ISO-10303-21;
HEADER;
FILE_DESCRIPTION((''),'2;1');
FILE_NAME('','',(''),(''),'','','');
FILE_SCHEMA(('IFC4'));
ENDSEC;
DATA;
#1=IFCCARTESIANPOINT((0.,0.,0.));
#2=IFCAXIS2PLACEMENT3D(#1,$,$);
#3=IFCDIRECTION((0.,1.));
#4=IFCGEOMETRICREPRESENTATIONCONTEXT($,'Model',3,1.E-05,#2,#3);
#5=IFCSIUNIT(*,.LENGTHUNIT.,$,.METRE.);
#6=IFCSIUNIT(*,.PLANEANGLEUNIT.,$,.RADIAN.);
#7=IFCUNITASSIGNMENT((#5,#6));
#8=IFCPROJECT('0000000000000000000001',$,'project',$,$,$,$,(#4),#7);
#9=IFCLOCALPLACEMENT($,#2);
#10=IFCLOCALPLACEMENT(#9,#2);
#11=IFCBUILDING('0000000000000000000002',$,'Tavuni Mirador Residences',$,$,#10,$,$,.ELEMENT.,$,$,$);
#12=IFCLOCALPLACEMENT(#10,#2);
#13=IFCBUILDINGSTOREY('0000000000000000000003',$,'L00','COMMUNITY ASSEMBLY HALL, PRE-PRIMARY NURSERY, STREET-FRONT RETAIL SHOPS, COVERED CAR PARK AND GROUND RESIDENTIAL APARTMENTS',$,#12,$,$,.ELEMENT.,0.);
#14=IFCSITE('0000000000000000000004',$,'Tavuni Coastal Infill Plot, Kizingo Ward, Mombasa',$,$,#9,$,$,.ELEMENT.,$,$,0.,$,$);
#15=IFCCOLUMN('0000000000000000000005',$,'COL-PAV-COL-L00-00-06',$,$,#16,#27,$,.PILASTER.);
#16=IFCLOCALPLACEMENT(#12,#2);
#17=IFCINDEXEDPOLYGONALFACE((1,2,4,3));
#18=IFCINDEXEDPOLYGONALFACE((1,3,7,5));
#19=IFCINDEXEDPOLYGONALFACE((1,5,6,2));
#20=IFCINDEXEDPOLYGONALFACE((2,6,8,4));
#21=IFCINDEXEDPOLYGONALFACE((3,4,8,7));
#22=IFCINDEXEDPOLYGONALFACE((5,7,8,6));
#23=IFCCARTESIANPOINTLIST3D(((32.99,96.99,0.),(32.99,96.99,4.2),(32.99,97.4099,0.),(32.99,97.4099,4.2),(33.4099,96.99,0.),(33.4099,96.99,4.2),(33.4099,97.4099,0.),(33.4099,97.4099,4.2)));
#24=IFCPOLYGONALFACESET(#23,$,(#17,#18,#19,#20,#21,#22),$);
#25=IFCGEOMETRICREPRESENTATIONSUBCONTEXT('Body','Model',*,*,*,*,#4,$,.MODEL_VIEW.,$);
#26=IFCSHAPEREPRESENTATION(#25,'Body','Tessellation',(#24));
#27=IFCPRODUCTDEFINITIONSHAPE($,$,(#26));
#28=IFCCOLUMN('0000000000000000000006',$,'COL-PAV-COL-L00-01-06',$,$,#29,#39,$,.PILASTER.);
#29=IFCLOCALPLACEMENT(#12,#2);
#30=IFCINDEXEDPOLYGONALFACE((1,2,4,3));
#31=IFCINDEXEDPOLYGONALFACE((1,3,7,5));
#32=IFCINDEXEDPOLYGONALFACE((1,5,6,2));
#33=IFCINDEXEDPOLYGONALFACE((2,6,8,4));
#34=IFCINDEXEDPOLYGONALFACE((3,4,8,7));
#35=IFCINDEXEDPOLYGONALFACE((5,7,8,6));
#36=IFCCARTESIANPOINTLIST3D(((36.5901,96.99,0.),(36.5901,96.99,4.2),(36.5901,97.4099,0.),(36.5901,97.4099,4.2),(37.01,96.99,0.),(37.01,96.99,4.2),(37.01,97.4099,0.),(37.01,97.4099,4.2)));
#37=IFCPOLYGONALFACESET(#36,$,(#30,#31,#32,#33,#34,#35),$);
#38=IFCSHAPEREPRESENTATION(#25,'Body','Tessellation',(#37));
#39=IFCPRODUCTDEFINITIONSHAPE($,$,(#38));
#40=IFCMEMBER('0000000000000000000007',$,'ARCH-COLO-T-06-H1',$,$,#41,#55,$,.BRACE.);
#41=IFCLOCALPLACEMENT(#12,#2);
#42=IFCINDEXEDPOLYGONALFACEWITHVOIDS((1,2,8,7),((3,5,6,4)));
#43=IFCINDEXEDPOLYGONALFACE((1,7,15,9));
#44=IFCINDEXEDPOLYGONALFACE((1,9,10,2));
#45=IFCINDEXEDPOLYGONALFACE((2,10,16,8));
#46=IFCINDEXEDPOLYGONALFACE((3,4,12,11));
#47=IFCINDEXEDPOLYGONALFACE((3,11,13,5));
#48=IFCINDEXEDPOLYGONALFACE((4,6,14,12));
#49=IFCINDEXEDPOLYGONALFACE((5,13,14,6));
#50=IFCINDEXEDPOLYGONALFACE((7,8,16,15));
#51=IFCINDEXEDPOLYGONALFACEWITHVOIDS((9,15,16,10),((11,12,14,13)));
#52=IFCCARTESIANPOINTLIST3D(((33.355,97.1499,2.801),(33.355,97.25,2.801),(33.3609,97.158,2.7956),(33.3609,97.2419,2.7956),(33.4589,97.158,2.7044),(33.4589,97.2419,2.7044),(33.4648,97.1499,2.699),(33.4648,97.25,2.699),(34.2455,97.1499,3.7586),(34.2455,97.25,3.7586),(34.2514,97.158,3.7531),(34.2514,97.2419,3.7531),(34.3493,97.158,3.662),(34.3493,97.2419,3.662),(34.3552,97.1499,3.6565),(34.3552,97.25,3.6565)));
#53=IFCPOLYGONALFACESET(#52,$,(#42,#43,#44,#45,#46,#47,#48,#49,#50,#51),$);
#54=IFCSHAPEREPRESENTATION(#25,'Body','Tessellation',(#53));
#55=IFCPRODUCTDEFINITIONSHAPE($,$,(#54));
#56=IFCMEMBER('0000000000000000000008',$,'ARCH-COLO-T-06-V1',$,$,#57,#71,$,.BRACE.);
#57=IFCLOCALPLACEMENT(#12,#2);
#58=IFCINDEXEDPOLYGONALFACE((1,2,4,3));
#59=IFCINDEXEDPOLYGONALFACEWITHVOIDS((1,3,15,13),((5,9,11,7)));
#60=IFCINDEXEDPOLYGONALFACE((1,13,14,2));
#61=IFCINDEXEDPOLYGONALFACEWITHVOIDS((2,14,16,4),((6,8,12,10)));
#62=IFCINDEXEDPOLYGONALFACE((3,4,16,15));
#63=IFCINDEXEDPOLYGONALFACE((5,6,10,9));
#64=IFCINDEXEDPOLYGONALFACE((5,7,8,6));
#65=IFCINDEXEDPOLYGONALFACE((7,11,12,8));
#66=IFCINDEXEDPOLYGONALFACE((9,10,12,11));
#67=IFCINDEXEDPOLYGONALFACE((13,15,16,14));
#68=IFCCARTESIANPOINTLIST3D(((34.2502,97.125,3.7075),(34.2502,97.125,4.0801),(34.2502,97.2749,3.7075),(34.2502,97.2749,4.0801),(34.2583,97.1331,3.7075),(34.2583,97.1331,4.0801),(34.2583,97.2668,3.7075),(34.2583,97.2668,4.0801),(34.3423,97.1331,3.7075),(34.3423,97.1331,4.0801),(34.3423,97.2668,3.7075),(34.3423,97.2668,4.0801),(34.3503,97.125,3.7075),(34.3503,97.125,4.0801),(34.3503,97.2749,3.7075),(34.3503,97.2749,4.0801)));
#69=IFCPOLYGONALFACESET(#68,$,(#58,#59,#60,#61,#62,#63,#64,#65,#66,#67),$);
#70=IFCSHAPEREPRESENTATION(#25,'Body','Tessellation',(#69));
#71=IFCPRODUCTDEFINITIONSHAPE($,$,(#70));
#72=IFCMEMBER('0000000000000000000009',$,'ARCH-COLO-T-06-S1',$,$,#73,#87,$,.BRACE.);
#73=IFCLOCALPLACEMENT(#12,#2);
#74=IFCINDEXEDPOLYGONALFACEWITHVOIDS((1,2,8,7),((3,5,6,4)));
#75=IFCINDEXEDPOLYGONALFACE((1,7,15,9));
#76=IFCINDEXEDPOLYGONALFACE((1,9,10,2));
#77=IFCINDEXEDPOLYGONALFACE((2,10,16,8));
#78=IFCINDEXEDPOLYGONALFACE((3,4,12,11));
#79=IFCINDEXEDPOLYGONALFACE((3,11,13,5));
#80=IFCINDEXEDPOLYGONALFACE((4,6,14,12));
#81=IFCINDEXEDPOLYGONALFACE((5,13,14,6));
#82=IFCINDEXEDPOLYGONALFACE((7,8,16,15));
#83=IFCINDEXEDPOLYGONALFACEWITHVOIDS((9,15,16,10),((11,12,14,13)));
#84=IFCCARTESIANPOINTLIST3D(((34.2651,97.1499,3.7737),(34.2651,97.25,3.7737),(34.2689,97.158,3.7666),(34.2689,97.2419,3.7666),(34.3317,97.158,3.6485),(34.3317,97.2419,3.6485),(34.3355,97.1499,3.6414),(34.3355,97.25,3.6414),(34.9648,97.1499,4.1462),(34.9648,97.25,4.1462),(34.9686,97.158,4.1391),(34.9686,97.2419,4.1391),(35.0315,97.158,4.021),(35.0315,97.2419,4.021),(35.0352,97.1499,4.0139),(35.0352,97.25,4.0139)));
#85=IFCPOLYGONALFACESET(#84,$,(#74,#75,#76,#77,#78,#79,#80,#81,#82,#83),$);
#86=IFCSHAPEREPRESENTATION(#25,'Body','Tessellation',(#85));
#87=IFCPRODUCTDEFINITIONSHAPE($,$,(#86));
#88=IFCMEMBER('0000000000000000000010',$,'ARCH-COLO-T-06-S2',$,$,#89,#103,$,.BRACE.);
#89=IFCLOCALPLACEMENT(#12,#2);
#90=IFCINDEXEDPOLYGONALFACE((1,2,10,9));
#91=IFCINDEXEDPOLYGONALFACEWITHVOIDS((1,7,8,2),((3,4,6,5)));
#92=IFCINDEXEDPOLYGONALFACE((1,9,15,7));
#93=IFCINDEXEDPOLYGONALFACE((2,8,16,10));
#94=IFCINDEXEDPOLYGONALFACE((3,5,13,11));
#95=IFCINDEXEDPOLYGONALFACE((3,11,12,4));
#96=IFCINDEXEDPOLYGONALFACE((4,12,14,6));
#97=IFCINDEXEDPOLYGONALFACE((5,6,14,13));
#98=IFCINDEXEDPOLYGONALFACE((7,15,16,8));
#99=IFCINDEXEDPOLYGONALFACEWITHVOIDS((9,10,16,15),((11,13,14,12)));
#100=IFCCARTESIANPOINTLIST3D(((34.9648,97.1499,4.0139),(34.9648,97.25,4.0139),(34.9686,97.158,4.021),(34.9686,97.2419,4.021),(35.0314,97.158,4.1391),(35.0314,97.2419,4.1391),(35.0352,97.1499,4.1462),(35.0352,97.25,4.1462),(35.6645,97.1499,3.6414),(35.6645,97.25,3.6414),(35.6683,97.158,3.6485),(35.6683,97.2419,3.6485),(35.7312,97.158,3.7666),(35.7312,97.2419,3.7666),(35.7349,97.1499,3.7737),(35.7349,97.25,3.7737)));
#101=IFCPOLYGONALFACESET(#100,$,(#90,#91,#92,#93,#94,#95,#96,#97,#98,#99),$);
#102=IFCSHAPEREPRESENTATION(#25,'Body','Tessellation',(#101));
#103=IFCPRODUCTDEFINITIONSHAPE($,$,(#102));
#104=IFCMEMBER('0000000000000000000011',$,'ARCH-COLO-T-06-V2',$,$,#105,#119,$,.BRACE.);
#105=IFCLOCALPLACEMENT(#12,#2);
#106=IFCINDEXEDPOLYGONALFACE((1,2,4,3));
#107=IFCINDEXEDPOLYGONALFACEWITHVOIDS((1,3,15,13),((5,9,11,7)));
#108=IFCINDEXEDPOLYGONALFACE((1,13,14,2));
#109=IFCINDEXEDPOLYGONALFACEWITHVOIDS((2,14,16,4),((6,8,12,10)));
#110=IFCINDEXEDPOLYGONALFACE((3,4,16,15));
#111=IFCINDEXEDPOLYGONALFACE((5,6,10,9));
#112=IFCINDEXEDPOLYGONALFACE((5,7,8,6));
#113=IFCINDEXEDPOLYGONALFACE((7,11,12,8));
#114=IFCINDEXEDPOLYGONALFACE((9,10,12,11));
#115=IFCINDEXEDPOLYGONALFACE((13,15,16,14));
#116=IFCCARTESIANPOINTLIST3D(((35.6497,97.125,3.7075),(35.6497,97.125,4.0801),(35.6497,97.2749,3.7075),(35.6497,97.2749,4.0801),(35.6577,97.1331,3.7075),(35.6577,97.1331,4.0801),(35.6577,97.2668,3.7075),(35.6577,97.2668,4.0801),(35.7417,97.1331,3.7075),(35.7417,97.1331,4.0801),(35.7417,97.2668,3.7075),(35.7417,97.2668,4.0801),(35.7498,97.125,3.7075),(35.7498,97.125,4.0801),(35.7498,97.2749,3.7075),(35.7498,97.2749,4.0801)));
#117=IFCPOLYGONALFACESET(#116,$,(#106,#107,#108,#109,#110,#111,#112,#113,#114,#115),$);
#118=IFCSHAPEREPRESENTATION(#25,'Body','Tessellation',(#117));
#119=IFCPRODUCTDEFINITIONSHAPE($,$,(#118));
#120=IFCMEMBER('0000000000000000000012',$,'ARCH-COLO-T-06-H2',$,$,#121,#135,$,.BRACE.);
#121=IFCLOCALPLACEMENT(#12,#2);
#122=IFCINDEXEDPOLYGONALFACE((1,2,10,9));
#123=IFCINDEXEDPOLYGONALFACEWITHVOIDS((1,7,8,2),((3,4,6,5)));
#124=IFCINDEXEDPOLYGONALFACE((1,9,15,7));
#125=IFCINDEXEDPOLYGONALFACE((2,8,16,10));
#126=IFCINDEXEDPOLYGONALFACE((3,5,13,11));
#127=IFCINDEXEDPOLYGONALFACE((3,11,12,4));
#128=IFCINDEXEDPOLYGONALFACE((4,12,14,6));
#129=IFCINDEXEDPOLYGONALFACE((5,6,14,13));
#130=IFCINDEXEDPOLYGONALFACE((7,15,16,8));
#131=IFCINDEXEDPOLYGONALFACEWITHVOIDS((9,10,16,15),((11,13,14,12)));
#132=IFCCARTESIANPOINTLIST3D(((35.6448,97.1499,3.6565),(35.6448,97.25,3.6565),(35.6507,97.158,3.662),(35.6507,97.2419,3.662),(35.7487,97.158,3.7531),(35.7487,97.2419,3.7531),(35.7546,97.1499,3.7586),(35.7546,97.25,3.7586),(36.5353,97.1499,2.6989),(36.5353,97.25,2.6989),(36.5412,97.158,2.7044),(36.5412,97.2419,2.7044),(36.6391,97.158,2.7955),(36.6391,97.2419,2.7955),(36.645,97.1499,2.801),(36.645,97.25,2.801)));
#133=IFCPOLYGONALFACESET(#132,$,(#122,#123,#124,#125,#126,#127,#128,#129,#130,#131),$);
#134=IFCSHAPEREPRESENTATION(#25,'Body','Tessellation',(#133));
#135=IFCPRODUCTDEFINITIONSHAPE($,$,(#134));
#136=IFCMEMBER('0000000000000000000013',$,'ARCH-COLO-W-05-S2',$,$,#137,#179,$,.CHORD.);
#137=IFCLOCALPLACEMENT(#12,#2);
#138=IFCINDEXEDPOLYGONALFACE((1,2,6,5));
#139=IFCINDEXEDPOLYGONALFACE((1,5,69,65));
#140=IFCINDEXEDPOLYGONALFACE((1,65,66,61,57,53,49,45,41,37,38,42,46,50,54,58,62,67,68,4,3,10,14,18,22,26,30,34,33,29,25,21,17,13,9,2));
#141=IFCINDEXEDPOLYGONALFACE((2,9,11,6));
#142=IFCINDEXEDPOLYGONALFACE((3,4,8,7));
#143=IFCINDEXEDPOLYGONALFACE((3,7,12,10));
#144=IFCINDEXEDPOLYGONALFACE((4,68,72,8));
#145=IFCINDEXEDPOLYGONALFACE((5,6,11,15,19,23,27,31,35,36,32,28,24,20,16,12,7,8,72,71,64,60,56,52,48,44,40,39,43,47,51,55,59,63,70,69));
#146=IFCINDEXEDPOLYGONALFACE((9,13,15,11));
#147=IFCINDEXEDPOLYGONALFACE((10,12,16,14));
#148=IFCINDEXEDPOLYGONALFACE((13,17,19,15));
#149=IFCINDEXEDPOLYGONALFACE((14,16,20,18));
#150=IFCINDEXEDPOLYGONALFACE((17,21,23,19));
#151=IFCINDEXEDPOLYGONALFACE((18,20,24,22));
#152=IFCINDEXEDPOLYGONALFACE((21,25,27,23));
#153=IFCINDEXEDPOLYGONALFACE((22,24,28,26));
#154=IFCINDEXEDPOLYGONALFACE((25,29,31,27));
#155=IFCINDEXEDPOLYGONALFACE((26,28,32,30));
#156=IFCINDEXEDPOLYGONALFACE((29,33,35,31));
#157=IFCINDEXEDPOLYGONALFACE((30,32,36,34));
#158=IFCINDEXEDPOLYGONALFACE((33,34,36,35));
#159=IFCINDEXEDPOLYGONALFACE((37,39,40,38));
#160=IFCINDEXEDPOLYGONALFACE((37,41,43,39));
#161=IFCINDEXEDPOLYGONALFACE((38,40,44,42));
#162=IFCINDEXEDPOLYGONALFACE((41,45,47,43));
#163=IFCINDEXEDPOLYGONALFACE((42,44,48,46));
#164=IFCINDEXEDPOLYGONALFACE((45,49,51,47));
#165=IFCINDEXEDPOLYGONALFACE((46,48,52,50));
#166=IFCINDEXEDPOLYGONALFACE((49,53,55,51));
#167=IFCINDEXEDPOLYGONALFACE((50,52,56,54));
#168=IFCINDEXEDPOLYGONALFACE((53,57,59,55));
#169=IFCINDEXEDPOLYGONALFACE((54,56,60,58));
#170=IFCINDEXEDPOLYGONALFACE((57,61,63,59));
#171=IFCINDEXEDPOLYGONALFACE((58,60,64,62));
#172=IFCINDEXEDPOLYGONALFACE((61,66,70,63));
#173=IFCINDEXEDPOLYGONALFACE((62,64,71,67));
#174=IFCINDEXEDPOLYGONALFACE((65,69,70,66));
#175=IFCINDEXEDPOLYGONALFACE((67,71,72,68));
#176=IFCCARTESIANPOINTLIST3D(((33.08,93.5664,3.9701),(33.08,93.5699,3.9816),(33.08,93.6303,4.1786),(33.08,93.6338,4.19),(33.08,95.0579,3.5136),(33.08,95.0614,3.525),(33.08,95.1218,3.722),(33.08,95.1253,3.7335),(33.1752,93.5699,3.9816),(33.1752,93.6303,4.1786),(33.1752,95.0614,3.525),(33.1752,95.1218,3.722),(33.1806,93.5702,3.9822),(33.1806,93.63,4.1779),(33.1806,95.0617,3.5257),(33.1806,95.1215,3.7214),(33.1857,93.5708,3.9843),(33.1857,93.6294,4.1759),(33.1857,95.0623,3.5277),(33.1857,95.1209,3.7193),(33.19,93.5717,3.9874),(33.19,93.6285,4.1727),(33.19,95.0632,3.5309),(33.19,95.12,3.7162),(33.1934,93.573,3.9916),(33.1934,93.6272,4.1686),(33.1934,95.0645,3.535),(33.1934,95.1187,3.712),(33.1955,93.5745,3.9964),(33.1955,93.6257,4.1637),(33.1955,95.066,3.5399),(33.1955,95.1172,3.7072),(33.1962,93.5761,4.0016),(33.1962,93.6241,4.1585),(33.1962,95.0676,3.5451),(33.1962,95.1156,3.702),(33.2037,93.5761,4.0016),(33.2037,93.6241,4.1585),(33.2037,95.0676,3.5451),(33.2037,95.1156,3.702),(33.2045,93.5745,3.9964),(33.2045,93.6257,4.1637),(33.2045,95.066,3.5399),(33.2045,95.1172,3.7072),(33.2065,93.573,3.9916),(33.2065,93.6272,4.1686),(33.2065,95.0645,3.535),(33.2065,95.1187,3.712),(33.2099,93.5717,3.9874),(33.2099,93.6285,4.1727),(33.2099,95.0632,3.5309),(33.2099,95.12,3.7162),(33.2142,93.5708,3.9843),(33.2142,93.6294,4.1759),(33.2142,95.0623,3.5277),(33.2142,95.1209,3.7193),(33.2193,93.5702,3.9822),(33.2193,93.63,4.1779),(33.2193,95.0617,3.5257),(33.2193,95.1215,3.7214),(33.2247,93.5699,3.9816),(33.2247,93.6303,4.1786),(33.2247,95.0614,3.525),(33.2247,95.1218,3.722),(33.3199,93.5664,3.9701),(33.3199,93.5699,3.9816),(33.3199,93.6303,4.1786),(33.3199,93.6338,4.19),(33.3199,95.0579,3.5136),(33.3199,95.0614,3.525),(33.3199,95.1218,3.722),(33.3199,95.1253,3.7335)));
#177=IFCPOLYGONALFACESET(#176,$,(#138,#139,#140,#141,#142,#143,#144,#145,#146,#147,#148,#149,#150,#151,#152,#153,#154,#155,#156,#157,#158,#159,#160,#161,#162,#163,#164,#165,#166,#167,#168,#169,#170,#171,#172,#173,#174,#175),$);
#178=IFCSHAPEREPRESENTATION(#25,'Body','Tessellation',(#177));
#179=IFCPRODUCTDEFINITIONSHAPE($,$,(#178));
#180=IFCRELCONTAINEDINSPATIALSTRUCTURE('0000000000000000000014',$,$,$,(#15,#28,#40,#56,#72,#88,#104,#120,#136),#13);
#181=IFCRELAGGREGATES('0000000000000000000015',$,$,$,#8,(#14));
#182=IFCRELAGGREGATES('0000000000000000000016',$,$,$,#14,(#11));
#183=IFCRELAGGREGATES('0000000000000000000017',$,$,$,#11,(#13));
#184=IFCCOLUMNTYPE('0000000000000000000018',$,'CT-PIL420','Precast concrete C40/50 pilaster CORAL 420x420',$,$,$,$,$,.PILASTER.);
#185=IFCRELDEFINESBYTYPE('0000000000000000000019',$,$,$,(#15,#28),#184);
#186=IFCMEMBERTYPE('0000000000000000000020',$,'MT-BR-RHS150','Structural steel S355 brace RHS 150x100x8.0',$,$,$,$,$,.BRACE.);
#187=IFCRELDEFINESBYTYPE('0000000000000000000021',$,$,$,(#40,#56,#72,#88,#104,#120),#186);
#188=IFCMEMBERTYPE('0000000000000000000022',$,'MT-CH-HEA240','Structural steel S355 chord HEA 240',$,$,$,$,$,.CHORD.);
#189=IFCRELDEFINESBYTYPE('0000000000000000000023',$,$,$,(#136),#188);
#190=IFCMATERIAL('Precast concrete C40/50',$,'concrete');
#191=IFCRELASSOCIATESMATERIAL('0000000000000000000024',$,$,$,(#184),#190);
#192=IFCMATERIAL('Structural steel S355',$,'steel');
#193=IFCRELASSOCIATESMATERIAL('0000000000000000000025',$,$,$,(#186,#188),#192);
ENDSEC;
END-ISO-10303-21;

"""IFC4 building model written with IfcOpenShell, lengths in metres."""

from ifc_helpers import new_model, si_unit, direction, frame, origin, origin_2d, place, context, subcontext, project, spatial, rectangle, hollow_rectangle, i_section, extrude, material, material_profile, profile_set, type_object, element, save


model = new_model("IFC4")

# Units and contexts
model_context = context("Model", 3, precision=1e-05, world=origin(), true_north=direction((0.0, 1.0)))
body_context = subcontext(model_context, "Body", "Model", "MODEL_VIEW")
ifc_project = project(units=[si_unit("LENGTHUNIT", "METRE"), si_unit("PLANEANGLEUNIT", "RADIAN")], contexts=[model_context])

# Site, building, storey
site_placement = place(None, origin())
site = spatial("IfcSite", under=ifc_project, at=site_placement, Name="Tavuni Coastal Infill Plot, Kizingo Ward, Mombasa", CompositionType="ELEMENT", RefElevation=0.0)
building_placement = place(site_placement, origin())
building = spatial("IfcBuilding", under=site, at=building_placement, Name="Tavuni Mirador Residences", CompositionType="ELEMENT")
storey_placement = place(building_placement, origin())
storey = spatial("IfcBuildingStorey", under=building, at=storey_placement, Name="L00", Description="COMMUNITY ASSEMBLY HALL, PRE-PRIMARY NURSERY, STREET-FRONT RETAIL SHOPS, COVERED CAR PARK AND GROUND RESIDENTIAL APARTMENTS", CompositionType="ELEMENT", Elevation=0.0)

# Columns
ifc_material_1 = material(Name="Precast concrete C40/50", Category="concrete")
ifc_material_profile_1 = material_profile(ifc_material_1, rectangle(XDim=0.4199, YDim=0.4199, at=origin_2d()), Name="CORAL 420x420", Category="concrete")
ifc_profile_set_1 = profile_set([ifc_material_profile_1], Name="Precast concrete C40/50")
column_type = type_object("IfcColumnType", Name="CT-PIL420", Description="Precast concrete C40/50 pilaster CORAL 420x420", PredefinedType="PILASTER", material=ifc_profile_set_1)
for number, where, z_axis, x_axis, name in (
    (1, (33.2, 97.2, 0.0), (0.0, 0.0, 1.0), (1.0, 0.0, 0.0), "COL-PAV-COL-L00-00-06"),
    (2, (36.8, 97.2, 0.0), (0.0, 0.0, 1.0), (1.0, 0.0, 0.0), "COL-PAV-COL-L00-01-06"),
):
    element("IfcColumn", number, at=place(storey_placement, frame(where, z_axis=z_axis, x_axis=x_axis)), inside=storey, type_object=column_type, Name=name, PredefinedType="PILASTER", context=body_context, shape_type="SweptSolid", body=[
        extrude(rectangle(XDim=0.4199, YDim=0.4199, at=origin_2d()), origin(), (0.0, 0.0, 1.0), 4.2),
    ])

# Members
ifc_material_2 = material(Name="Structural steel S355", Category="steel")
ifc_material_profile_2 = material_profile(ifc_material_2, hollow_rectangle(XDim=0.1001, YDim=0.1499, WallThickness=0.0081, at=origin_2d()), Name="RHS 150x100x8.0", Category="steel")
ifc_profile_set_2 = profile_set([ifc_material_profile_2], Name="Structural steel S355")
member_type_1 = type_object("IfcMemberType", Name="MT-BR-RHS150", Description="Structural steel S355 brace RHS 150x100x8.0", PredefinedType="BRACE", material=ifc_profile_set_2)
member_1_placement = place(storey_placement, frame((33.4099, 97.2, 2.75), z_axis=(0.680967, 0.0, 0.732314), x_axis=(0.0, 1.0, 0.0)))
element("IfcMember", 3, at=member_1_placement, inside=storey, type_object=member_type_1, Name="ARCH-COLO-T-06-H1", PredefinedType="BRACE", context=body_context, shape_type="SweptSolid", body=[
    extrude(hollow_rectangle(XDim=0.1001, YDim=0.1499, WallThickness=0.0081, at=origin_2d()), origin(), (0.0, 0.0, 1.0), 1.3076),
])
member_2_placement = place(storey_placement, frame((34.3003, 97.2, 3.7075), z_axis=(0.0, 0.0, 1.0), x_axis=(1.0, 0.0, 0.0)))
element("IfcMember", 4, at=member_2_placement, inside=storey, type_object=member_type_1, Name="ARCH-COLO-T-06-V1", PredefinedType="BRACE", context=body_context, shape_type="SweptSolid", body=[
    extrude(hollow_rectangle(XDim=0.1001, YDim=0.1499, WallThickness=0.0081, at=origin_2d()), origin(), (0.0, 0.0, 1.0), 0.3726),
])
for number, where, z_axis, x_axis, name in (
    (5, (34.3003, 97.2, 3.7075), (0.882677, 0.0, 0.469981), (0.0, 1.0, 0.0), "ARCH-COLO-T-06-S1"),
    (6, (35.0, 97.2, 4.0801), (0.882677, 0.0, -0.469981), (0.0, 1.0, 0.0), "ARCH-COLO-T-06-S2"),
):
    element("IfcMember", number, at=place(storey_placement, frame(where, z_axis=z_axis, x_axis=x_axis)), inside=storey, type_object=member_type_1, Name=name, PredefinedType="BRACE", context=body_context, shape_type="SweptSolid", body=[
        extrude(hollow_rectangle(XDim=0.1001, YDim=0.1499, WallThickness=0.0081, at=origin_2d()), origin(), (0.0, 0.0, 1.0), 0.7927),
    ])
member_3_placement = place(storey_placement, frame((35.6997, 97.2, 3.7075), z_axis=(0.0, 0.0, 1.0), x_axis=(1.0, 0.0, 0.0)))
element("IfcMember", 7, at=member_3_placement, inside=storey, type_object=member_type_1, Name="ARCH-COLO-T-06-V2", PredefinedType="BRACE", context=body_context, shape_type="SweptSolid", body=[
    extrude(hollow_rectangle(XDim=0.1001, YDim=0.1499, WallThickness=0.0081, at=origin_2d()), origin(), (0.0, 0.0, 1.0), 0.3726),
])
member_4_placement = place(storey_placement, frame((35.6997, 97.2, 3.7075), z_axis=(0.680967, 0.0, -0.732314), x_axis=(0.0, 1.0, 0.0)))
element("IfcMember", 8, at=member_4_placement, inside=storey, type_object=member_type_1, Name="ARCH-COLO-T-06-H2", PredefinedType="BRACE", context=body_context, shape_type="SweptSolid", body=[
    extrude(hollow_rectangle(XDim=0.1001, YDim=0.1499, WallThickness=0.0081, at=origin_2d()), origin(), (0.0, 0.0, 1.0), 1.3076),
])
ifc_material_profile_3 = material_profile(ifc_material_2, i_section(OverallWidth=0.24, OverallDepth=0.23, WebThickness=0.0076, FlangeThickness=0.012, FilletRadius=0.021, at=origin_2d()), Name="HEA 240", Category="steel")
ifc_profile_set_3 = profile_set([ifc_material_profile_3], Name="Structural steel S355")
member_type_2 = type_object("IfcMemberType", Name="MT-CH-HEA240", Description="Structural steel S355 chord HEA 240", PredefinedType="CHORD", material=ifc_profile_set_3)
member_5_placement = place(storey_placement, frame((33.2, 93.6001, 4.0801), z_axis=(0.0, 0.956204, -0.2927), x_axis=(-1.0, 0.0, 0.0)))
element("IfcMember", 9, at=member_5_placement, inside=storey, type_object=member_type_2, Name="ARCH-COLO-W-05-S2", PredefinedType="CHORD", context=body_context, shape_type="SweptSolid", body=[
    extrude(i_section(OverallWidth=0.24, OverallDepth=0.23, WebThickness=0.0076, FlangeThickness=0.012, FilletRadius=0.021, at=origin_2d()), origin(), (0.0, 0.0, 1.0), 1.5598),
])

save(model, "model.ifc")
